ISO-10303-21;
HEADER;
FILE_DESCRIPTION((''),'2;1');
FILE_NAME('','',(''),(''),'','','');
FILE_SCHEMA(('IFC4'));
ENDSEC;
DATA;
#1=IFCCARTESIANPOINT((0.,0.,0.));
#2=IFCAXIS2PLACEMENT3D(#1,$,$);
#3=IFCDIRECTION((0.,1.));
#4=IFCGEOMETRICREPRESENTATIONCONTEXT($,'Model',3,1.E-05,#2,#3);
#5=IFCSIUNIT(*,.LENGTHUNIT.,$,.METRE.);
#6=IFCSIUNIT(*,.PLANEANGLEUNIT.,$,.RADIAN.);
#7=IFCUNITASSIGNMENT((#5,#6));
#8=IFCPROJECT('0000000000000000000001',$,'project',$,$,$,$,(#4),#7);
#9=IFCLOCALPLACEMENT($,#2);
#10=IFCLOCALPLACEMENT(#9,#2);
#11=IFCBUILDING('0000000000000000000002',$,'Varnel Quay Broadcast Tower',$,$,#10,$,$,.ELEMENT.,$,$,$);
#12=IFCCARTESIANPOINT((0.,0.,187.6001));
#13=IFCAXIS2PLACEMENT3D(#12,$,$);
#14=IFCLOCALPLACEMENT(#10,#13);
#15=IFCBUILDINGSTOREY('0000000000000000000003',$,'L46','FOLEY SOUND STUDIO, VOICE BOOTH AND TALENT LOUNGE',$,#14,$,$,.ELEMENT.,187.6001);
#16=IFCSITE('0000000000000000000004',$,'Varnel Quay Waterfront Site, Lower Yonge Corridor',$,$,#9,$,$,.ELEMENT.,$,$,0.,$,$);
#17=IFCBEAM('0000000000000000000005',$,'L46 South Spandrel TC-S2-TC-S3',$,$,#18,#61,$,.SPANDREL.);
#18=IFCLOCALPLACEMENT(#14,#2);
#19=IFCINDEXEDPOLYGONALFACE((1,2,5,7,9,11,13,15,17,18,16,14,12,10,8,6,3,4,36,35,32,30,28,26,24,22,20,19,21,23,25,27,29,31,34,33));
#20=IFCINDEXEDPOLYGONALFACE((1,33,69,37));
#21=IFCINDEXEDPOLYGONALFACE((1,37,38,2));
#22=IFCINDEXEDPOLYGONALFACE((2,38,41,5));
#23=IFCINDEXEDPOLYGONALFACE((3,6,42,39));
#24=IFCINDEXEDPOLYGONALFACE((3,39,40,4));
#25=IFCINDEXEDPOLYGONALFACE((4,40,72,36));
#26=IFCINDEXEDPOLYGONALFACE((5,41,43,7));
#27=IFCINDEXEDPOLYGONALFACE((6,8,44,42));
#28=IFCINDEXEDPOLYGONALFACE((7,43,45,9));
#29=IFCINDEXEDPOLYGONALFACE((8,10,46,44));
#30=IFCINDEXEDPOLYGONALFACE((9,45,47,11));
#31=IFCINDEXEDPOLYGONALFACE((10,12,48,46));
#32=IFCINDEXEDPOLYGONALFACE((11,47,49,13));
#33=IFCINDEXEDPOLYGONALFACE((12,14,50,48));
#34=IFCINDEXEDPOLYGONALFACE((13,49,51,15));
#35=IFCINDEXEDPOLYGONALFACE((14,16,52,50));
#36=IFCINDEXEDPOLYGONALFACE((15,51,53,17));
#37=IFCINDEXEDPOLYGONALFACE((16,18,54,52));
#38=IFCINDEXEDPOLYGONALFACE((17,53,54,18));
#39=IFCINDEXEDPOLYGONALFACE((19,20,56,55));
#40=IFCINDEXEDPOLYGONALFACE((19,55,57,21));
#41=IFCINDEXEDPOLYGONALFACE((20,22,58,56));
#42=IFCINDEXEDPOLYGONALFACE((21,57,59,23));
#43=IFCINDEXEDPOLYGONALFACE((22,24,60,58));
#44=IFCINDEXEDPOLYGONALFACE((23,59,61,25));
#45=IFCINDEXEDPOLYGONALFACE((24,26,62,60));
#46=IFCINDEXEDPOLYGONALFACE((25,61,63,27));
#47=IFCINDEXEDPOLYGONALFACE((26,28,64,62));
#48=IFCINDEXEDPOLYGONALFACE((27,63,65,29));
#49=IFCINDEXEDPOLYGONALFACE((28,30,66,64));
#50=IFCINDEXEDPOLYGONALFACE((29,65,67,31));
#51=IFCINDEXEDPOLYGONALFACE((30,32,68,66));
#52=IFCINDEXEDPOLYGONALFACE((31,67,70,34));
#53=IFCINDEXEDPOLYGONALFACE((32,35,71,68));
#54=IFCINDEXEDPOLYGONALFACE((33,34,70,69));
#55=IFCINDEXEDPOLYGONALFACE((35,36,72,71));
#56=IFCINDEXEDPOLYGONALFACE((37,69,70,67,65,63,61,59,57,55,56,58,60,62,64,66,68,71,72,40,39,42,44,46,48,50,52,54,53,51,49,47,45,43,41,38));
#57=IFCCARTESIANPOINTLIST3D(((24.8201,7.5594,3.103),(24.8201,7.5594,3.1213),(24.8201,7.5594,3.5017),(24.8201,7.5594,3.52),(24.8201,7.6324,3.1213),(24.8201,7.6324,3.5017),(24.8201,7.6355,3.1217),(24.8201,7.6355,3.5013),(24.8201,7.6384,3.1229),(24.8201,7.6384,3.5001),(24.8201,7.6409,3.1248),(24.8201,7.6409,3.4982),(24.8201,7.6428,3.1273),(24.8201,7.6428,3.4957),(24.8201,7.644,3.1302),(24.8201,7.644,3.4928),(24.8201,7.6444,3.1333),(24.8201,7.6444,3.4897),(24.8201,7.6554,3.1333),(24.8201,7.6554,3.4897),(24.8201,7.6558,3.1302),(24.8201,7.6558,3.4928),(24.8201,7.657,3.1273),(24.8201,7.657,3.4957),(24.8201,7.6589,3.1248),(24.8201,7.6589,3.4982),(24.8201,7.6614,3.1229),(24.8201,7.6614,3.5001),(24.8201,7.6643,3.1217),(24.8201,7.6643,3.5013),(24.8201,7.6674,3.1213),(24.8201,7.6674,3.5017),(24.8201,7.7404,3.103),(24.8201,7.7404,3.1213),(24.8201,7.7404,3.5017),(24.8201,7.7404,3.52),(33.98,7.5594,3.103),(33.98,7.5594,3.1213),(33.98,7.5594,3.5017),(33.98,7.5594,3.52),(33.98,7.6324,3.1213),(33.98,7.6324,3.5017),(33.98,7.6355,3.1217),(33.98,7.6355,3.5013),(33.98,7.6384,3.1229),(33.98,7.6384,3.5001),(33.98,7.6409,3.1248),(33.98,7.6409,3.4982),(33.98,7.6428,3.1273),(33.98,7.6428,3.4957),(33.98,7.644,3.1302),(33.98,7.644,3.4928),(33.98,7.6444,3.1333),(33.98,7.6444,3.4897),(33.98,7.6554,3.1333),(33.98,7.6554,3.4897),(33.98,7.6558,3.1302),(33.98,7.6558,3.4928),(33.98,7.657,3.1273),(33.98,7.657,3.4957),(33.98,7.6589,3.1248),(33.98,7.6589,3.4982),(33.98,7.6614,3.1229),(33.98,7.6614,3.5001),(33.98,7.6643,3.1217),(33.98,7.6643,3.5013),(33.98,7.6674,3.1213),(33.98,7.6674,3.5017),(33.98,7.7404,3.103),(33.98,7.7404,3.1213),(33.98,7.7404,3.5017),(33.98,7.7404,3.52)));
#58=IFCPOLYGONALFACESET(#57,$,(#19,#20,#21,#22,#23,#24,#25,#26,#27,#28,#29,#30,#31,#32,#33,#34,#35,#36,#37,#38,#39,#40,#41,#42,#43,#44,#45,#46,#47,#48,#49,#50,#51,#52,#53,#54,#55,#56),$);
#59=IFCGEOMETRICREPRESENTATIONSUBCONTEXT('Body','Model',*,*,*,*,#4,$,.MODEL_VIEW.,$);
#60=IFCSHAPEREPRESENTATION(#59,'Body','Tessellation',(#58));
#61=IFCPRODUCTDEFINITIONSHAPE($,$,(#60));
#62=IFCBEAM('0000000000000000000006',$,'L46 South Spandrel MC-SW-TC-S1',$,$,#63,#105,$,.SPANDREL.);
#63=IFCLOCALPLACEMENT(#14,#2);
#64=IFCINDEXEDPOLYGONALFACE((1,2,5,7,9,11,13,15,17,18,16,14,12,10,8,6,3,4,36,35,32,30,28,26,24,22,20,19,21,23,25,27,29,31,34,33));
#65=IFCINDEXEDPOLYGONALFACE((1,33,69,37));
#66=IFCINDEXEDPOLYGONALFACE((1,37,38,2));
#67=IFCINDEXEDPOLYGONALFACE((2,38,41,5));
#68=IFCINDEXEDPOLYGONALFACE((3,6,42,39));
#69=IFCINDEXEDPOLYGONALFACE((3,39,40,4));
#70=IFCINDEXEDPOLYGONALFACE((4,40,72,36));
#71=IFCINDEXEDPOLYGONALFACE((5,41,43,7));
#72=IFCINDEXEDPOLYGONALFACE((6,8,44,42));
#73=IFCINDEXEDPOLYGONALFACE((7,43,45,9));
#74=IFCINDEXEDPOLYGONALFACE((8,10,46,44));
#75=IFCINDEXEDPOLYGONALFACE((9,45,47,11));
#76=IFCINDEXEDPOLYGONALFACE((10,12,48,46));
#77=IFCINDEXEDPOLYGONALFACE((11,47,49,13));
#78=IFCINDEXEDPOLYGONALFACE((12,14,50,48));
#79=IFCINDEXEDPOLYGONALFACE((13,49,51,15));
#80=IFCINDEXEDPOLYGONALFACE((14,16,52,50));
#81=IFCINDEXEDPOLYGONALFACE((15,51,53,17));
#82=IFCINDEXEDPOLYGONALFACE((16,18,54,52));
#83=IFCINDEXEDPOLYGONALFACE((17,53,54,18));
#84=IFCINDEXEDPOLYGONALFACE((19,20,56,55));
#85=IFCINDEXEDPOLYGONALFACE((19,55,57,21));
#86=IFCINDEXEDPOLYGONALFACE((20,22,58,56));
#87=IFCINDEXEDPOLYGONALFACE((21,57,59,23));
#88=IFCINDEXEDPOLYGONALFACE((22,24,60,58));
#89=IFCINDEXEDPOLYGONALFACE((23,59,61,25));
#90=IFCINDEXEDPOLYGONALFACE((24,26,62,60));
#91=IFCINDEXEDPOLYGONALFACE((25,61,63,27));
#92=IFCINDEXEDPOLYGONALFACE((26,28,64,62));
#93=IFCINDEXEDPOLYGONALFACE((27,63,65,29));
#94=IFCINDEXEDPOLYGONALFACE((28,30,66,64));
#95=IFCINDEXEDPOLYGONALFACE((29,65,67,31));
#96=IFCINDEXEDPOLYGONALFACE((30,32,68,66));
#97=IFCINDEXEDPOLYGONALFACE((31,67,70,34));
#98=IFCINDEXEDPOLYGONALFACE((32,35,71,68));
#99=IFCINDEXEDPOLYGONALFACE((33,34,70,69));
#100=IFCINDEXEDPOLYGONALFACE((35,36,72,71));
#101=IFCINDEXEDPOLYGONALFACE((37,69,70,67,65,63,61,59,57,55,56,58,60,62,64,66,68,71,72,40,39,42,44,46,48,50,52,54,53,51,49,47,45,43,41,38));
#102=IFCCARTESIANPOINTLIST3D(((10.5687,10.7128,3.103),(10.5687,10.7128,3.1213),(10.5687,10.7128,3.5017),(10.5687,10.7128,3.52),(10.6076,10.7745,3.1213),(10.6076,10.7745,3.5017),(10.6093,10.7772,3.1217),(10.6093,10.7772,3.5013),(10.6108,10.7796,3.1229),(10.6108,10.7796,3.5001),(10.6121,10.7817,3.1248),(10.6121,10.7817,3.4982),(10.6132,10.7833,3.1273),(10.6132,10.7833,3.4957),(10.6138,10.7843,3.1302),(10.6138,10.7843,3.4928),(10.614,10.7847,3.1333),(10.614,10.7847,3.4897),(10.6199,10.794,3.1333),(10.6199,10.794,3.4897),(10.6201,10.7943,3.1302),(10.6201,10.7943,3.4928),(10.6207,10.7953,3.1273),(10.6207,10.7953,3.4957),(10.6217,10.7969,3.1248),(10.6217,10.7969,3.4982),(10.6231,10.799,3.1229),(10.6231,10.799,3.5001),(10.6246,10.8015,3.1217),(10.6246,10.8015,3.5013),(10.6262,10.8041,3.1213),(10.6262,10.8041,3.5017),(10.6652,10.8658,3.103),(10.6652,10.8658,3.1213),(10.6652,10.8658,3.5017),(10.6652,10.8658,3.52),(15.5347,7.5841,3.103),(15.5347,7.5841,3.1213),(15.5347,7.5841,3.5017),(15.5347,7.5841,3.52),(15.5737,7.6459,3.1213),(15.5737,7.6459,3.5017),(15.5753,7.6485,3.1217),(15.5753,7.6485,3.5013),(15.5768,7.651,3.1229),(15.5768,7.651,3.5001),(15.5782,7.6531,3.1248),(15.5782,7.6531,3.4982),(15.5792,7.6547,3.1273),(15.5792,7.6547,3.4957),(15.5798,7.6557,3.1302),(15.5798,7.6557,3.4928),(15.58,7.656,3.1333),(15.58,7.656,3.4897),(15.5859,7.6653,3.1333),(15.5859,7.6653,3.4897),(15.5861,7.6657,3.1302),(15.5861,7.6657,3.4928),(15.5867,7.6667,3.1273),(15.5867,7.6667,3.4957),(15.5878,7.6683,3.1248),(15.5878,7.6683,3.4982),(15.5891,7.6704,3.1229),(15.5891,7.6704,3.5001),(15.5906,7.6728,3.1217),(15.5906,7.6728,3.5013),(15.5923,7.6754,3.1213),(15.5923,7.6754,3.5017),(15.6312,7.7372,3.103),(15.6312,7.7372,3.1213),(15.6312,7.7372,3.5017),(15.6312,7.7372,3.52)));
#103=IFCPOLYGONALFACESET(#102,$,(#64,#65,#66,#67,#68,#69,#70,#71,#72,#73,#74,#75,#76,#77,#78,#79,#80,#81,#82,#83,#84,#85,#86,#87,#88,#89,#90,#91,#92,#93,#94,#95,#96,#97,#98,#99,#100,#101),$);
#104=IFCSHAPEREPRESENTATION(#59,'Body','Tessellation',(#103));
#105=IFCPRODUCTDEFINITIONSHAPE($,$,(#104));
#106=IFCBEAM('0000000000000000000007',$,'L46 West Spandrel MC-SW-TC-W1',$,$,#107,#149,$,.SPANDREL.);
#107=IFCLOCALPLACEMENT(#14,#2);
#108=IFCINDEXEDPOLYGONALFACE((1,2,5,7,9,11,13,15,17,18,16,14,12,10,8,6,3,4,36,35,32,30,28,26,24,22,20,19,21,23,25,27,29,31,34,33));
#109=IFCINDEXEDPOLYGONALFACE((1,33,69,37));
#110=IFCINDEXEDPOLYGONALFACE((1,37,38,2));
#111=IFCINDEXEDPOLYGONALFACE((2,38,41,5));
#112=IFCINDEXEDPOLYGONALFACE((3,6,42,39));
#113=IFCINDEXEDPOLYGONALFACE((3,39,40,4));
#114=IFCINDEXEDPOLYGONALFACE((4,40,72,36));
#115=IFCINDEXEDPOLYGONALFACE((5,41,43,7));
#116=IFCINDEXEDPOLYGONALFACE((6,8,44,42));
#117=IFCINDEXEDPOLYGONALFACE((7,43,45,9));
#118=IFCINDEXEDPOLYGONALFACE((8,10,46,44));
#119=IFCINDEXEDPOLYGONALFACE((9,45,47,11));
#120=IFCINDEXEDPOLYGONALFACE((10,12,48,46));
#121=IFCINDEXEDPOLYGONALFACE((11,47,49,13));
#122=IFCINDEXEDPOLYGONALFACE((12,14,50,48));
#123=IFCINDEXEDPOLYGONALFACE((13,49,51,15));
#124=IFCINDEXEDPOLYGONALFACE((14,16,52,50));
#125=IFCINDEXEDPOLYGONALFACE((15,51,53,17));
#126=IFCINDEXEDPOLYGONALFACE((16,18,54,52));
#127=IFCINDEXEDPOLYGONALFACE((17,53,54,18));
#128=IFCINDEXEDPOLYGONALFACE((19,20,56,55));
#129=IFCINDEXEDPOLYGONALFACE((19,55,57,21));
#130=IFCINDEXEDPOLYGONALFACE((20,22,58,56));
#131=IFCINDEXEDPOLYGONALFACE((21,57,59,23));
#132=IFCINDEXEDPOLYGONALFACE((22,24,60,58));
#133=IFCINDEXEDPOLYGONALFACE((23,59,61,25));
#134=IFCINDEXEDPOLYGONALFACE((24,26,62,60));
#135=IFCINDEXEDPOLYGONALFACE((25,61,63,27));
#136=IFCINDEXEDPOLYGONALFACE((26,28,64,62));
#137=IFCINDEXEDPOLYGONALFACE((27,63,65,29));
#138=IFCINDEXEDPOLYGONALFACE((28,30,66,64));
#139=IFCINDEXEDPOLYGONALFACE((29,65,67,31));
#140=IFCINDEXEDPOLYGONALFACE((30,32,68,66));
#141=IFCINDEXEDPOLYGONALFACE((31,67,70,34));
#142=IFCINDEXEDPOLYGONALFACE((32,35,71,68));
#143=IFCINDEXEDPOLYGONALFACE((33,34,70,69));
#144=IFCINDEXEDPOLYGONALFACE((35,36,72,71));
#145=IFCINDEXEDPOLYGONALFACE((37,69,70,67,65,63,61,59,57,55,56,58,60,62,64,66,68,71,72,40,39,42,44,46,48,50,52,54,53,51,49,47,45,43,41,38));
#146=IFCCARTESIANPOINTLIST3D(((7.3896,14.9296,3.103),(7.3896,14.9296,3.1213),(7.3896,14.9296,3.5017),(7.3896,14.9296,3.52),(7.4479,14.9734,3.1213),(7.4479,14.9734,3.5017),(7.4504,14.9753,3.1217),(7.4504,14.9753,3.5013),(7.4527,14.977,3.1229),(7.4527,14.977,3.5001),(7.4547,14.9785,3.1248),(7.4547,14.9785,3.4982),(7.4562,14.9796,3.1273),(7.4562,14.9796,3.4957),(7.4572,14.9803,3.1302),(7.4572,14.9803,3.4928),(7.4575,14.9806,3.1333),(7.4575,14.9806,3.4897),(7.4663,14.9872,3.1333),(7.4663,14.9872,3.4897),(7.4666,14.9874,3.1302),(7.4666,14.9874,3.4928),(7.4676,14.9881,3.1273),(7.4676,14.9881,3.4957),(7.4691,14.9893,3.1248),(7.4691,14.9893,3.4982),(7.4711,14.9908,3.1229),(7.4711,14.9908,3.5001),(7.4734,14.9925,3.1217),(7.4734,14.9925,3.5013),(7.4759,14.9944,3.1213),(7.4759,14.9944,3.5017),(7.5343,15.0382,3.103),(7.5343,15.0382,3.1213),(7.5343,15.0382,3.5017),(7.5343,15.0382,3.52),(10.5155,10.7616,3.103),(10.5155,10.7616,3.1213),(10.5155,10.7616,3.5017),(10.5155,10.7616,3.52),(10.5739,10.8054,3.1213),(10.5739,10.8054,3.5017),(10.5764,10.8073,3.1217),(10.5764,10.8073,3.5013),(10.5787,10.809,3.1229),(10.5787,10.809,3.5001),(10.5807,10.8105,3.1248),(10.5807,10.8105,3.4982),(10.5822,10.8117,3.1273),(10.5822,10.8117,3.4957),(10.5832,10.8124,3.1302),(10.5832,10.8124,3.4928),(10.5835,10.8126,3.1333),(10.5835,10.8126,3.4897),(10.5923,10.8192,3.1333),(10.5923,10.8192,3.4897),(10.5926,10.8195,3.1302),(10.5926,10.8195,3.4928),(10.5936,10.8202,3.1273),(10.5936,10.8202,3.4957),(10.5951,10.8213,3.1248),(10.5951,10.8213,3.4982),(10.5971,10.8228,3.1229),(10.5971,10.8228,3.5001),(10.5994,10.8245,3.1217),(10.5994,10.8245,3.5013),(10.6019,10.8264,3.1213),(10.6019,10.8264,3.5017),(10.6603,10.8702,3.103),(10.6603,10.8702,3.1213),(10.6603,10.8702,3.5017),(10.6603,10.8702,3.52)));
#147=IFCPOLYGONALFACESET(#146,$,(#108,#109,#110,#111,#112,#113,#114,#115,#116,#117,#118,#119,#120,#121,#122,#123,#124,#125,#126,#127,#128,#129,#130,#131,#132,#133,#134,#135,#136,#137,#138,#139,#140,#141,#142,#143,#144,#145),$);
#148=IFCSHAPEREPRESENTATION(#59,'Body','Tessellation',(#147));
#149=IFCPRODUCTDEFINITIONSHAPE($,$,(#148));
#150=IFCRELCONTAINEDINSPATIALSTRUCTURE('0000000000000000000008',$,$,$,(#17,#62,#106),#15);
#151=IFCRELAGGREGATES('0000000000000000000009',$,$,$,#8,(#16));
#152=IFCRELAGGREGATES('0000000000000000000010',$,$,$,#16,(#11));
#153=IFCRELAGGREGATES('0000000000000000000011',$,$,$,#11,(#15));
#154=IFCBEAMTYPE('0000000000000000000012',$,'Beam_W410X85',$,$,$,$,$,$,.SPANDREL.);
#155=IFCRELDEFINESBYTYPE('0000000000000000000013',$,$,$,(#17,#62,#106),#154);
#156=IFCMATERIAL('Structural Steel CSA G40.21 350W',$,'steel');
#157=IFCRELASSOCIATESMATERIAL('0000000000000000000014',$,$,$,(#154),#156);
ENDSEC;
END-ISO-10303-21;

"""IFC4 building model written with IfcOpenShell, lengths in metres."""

from ifc_helpers import new_model, si_unit, direction, frame, origin, origin_2d, place, context, subcontext, project, spatial, i_section, extrude, source, transform, mapped, material, material_profile, profile_set, type_object, type_shapes, element, save


model = new_model("IFC4")

# Units and contexts
model_context = context("Model", 3, precision=1e-05, world=origin(), true_north=direction((0.0, 1.0)))
body_context = subcontext(model_context, "Body", "Model", "MODEL_VIEW")
ifc_project = project(units=[si_unit("LENGTHUNIT", "METRE"), si_unit("PLANEANGLEUNIT", "RADIAN")], contexts=[model_context])

# Site, building, storey
site_placement = place(None, origin())
site = spatial("IfcSite", under=ifc_project, at=site_placement, Name="Varnel Quay Waterfront Site, Lower Yonge Corridor", CompositionType="ELEMENT", RefElevation=0.0)
building_placement = place(site_placement, origin())
building = spatial("IfcBuilding", under=site, at=building_placement, Name="Varnel Quay Broadcast Tower", CompositionType="ELEMENT")
storey_placement = place(building_placement, frame((0.0, 0.0, 187.6001)))
storey = spatial("IfcBuildingStorey", under=building, at=storey_placement, Name="L46", Description="FOLEY SOUND STUDIO, VOICE BOOTH AND TALENT LOUNGE", CompositionType="ELEMENT", Elevation=187.6001)

# Shared definitions
ifc_material_1 = material(Name="Structural Steel CSA G40.21 350W", Category="steel")

# Beams
ifc_material_profile_1 = material_profile(ifc_material_1, i_section(OverallWidth=0.1809, OverallDepth=0.417, WebThickness=0.011, FlangeThickness=0.0183, FilletRadius=0.012, at=origin_2d()), Name="W410X85")
ifc_profile_set_1 = profile_set([ifc_material_profile_1], Name="Structural Steel CSA G40.21 350W")
beam_type_1 = type_object("IfcBeamType", Name="Beam_W410X85", PredefinedType="SPANDREL", material=ifc_profile_set_1)
shared_shape_1 = source(origin(), body_context, "Body", "SweptSolid", [
    extrude(i_section(OverallWidth=0.1809, OverallDepth=0.417, WebThickness=0.011, FlangeThickness=0.0183, FilletRadius=0.012, at=origin_2d()), origin(), (0.0, 0.0, 1.0), 9.1599),
])
for number, where, z_axis, x_axis, name in (
    (1, (24.8201, 7.6499, 3.3115), (1.0, 0.0, 0.0), (0.0, 1.0, 0.0), "L46 South Spandrel TC-S2-TC-S3"),
):
    element("IfcBeam", number, at=place(storey_placement, frame(where, z_axis=z_axis, x_axis=x_axis)), inside=storey, type_object=beam_type_1, Name=name, PredefinedType="SPANDREL", context=body_context, shape_type="MappedRepresentation", body=[
        mapped(shared_shape_1, transform((0.0, 0.0, 0.0), x_axis=(1.0, 0.0, 0.0), y_axis=(0.0, 1.0, 0.0), z_axis=(0.0, 0.0, 1.0), scale=1.0)),
    ])
shared_shape_2 = source(origin(), body_context, "Body", "SweptSolid", [
    extrude(i_section(OverallWidth=0.1809, OverallDepth=0.417, WebThickness=0.011, FlangeThickness=0.0183, FilletRadius=0.012, at=origin_2d()), origin(), (0.0, 0.0, 1.0), 5.8694),
])
beam_1_placement = place(storey_placement, frame((10.6169, 10.7893, 3.3115), z_axis=(0.846088, -0.533043, 0.0), x_axis=(0.533043, 0.846088, 0.0)))
element("IfcBeam", 2, at=beam_1_placement, inside=storey, type_object=beam_type_1, Name="L46 South Spandrel MC-SW-TC-S1", PredefinedType="SPANDREL", context=body_context, shape_type="MappedRepresentation", body=[
    mapped(shared_shape_2, transform((0.0, 0.0, 0.0), x_axis=(1.0, 0.0, 0.0), y_axis=(0.0, 1.0, 0.0), z_axis=(0.0, 0.0, 1.0), scale=1.0)),
])
shared_shape_3 = source(origin(), body_context, "Body", "SweptSolid", [
    extrude(i_section(OverallWidth=0.1809, OverallDepth=0.417, WebThickness=0.011, FlangeThickness=0.0183, FilletRadius=0.012, at=origin_2d()), origin(), (0.0, 0.0, 1.0), 5.21),
])
type_shapes(beam_type_1, [shared_shape_1, shared_shape_2, shared_shape_3])
beam_2_placement = place(storey_placement, frame((10.5879, 10.8159, 3.3115), z_axis=(-0.6, 0.8, 0.0), x_axis=(-0.8, -0.6, 0.0)))
element("IfcBeam", 3, at=beam_2_placement, inside=storey, type_object=beam_type_1, Name="L46 West Spandrel MC-SW-TC-W1", PredefinedType="SPANDREL", context=body_context, shape_type="MappedRepresentation", body=[
    mapped(shared_shape_3, transform((0.0, 0.0, 0.0), x_axis=(1.0, 0.0, 0.0), y_axis=(0.0, 1.0, 0.0), z_axis=(0.0, 0.0, 1.0), scale=1.0)),
])

save(model, "model.ifc")
